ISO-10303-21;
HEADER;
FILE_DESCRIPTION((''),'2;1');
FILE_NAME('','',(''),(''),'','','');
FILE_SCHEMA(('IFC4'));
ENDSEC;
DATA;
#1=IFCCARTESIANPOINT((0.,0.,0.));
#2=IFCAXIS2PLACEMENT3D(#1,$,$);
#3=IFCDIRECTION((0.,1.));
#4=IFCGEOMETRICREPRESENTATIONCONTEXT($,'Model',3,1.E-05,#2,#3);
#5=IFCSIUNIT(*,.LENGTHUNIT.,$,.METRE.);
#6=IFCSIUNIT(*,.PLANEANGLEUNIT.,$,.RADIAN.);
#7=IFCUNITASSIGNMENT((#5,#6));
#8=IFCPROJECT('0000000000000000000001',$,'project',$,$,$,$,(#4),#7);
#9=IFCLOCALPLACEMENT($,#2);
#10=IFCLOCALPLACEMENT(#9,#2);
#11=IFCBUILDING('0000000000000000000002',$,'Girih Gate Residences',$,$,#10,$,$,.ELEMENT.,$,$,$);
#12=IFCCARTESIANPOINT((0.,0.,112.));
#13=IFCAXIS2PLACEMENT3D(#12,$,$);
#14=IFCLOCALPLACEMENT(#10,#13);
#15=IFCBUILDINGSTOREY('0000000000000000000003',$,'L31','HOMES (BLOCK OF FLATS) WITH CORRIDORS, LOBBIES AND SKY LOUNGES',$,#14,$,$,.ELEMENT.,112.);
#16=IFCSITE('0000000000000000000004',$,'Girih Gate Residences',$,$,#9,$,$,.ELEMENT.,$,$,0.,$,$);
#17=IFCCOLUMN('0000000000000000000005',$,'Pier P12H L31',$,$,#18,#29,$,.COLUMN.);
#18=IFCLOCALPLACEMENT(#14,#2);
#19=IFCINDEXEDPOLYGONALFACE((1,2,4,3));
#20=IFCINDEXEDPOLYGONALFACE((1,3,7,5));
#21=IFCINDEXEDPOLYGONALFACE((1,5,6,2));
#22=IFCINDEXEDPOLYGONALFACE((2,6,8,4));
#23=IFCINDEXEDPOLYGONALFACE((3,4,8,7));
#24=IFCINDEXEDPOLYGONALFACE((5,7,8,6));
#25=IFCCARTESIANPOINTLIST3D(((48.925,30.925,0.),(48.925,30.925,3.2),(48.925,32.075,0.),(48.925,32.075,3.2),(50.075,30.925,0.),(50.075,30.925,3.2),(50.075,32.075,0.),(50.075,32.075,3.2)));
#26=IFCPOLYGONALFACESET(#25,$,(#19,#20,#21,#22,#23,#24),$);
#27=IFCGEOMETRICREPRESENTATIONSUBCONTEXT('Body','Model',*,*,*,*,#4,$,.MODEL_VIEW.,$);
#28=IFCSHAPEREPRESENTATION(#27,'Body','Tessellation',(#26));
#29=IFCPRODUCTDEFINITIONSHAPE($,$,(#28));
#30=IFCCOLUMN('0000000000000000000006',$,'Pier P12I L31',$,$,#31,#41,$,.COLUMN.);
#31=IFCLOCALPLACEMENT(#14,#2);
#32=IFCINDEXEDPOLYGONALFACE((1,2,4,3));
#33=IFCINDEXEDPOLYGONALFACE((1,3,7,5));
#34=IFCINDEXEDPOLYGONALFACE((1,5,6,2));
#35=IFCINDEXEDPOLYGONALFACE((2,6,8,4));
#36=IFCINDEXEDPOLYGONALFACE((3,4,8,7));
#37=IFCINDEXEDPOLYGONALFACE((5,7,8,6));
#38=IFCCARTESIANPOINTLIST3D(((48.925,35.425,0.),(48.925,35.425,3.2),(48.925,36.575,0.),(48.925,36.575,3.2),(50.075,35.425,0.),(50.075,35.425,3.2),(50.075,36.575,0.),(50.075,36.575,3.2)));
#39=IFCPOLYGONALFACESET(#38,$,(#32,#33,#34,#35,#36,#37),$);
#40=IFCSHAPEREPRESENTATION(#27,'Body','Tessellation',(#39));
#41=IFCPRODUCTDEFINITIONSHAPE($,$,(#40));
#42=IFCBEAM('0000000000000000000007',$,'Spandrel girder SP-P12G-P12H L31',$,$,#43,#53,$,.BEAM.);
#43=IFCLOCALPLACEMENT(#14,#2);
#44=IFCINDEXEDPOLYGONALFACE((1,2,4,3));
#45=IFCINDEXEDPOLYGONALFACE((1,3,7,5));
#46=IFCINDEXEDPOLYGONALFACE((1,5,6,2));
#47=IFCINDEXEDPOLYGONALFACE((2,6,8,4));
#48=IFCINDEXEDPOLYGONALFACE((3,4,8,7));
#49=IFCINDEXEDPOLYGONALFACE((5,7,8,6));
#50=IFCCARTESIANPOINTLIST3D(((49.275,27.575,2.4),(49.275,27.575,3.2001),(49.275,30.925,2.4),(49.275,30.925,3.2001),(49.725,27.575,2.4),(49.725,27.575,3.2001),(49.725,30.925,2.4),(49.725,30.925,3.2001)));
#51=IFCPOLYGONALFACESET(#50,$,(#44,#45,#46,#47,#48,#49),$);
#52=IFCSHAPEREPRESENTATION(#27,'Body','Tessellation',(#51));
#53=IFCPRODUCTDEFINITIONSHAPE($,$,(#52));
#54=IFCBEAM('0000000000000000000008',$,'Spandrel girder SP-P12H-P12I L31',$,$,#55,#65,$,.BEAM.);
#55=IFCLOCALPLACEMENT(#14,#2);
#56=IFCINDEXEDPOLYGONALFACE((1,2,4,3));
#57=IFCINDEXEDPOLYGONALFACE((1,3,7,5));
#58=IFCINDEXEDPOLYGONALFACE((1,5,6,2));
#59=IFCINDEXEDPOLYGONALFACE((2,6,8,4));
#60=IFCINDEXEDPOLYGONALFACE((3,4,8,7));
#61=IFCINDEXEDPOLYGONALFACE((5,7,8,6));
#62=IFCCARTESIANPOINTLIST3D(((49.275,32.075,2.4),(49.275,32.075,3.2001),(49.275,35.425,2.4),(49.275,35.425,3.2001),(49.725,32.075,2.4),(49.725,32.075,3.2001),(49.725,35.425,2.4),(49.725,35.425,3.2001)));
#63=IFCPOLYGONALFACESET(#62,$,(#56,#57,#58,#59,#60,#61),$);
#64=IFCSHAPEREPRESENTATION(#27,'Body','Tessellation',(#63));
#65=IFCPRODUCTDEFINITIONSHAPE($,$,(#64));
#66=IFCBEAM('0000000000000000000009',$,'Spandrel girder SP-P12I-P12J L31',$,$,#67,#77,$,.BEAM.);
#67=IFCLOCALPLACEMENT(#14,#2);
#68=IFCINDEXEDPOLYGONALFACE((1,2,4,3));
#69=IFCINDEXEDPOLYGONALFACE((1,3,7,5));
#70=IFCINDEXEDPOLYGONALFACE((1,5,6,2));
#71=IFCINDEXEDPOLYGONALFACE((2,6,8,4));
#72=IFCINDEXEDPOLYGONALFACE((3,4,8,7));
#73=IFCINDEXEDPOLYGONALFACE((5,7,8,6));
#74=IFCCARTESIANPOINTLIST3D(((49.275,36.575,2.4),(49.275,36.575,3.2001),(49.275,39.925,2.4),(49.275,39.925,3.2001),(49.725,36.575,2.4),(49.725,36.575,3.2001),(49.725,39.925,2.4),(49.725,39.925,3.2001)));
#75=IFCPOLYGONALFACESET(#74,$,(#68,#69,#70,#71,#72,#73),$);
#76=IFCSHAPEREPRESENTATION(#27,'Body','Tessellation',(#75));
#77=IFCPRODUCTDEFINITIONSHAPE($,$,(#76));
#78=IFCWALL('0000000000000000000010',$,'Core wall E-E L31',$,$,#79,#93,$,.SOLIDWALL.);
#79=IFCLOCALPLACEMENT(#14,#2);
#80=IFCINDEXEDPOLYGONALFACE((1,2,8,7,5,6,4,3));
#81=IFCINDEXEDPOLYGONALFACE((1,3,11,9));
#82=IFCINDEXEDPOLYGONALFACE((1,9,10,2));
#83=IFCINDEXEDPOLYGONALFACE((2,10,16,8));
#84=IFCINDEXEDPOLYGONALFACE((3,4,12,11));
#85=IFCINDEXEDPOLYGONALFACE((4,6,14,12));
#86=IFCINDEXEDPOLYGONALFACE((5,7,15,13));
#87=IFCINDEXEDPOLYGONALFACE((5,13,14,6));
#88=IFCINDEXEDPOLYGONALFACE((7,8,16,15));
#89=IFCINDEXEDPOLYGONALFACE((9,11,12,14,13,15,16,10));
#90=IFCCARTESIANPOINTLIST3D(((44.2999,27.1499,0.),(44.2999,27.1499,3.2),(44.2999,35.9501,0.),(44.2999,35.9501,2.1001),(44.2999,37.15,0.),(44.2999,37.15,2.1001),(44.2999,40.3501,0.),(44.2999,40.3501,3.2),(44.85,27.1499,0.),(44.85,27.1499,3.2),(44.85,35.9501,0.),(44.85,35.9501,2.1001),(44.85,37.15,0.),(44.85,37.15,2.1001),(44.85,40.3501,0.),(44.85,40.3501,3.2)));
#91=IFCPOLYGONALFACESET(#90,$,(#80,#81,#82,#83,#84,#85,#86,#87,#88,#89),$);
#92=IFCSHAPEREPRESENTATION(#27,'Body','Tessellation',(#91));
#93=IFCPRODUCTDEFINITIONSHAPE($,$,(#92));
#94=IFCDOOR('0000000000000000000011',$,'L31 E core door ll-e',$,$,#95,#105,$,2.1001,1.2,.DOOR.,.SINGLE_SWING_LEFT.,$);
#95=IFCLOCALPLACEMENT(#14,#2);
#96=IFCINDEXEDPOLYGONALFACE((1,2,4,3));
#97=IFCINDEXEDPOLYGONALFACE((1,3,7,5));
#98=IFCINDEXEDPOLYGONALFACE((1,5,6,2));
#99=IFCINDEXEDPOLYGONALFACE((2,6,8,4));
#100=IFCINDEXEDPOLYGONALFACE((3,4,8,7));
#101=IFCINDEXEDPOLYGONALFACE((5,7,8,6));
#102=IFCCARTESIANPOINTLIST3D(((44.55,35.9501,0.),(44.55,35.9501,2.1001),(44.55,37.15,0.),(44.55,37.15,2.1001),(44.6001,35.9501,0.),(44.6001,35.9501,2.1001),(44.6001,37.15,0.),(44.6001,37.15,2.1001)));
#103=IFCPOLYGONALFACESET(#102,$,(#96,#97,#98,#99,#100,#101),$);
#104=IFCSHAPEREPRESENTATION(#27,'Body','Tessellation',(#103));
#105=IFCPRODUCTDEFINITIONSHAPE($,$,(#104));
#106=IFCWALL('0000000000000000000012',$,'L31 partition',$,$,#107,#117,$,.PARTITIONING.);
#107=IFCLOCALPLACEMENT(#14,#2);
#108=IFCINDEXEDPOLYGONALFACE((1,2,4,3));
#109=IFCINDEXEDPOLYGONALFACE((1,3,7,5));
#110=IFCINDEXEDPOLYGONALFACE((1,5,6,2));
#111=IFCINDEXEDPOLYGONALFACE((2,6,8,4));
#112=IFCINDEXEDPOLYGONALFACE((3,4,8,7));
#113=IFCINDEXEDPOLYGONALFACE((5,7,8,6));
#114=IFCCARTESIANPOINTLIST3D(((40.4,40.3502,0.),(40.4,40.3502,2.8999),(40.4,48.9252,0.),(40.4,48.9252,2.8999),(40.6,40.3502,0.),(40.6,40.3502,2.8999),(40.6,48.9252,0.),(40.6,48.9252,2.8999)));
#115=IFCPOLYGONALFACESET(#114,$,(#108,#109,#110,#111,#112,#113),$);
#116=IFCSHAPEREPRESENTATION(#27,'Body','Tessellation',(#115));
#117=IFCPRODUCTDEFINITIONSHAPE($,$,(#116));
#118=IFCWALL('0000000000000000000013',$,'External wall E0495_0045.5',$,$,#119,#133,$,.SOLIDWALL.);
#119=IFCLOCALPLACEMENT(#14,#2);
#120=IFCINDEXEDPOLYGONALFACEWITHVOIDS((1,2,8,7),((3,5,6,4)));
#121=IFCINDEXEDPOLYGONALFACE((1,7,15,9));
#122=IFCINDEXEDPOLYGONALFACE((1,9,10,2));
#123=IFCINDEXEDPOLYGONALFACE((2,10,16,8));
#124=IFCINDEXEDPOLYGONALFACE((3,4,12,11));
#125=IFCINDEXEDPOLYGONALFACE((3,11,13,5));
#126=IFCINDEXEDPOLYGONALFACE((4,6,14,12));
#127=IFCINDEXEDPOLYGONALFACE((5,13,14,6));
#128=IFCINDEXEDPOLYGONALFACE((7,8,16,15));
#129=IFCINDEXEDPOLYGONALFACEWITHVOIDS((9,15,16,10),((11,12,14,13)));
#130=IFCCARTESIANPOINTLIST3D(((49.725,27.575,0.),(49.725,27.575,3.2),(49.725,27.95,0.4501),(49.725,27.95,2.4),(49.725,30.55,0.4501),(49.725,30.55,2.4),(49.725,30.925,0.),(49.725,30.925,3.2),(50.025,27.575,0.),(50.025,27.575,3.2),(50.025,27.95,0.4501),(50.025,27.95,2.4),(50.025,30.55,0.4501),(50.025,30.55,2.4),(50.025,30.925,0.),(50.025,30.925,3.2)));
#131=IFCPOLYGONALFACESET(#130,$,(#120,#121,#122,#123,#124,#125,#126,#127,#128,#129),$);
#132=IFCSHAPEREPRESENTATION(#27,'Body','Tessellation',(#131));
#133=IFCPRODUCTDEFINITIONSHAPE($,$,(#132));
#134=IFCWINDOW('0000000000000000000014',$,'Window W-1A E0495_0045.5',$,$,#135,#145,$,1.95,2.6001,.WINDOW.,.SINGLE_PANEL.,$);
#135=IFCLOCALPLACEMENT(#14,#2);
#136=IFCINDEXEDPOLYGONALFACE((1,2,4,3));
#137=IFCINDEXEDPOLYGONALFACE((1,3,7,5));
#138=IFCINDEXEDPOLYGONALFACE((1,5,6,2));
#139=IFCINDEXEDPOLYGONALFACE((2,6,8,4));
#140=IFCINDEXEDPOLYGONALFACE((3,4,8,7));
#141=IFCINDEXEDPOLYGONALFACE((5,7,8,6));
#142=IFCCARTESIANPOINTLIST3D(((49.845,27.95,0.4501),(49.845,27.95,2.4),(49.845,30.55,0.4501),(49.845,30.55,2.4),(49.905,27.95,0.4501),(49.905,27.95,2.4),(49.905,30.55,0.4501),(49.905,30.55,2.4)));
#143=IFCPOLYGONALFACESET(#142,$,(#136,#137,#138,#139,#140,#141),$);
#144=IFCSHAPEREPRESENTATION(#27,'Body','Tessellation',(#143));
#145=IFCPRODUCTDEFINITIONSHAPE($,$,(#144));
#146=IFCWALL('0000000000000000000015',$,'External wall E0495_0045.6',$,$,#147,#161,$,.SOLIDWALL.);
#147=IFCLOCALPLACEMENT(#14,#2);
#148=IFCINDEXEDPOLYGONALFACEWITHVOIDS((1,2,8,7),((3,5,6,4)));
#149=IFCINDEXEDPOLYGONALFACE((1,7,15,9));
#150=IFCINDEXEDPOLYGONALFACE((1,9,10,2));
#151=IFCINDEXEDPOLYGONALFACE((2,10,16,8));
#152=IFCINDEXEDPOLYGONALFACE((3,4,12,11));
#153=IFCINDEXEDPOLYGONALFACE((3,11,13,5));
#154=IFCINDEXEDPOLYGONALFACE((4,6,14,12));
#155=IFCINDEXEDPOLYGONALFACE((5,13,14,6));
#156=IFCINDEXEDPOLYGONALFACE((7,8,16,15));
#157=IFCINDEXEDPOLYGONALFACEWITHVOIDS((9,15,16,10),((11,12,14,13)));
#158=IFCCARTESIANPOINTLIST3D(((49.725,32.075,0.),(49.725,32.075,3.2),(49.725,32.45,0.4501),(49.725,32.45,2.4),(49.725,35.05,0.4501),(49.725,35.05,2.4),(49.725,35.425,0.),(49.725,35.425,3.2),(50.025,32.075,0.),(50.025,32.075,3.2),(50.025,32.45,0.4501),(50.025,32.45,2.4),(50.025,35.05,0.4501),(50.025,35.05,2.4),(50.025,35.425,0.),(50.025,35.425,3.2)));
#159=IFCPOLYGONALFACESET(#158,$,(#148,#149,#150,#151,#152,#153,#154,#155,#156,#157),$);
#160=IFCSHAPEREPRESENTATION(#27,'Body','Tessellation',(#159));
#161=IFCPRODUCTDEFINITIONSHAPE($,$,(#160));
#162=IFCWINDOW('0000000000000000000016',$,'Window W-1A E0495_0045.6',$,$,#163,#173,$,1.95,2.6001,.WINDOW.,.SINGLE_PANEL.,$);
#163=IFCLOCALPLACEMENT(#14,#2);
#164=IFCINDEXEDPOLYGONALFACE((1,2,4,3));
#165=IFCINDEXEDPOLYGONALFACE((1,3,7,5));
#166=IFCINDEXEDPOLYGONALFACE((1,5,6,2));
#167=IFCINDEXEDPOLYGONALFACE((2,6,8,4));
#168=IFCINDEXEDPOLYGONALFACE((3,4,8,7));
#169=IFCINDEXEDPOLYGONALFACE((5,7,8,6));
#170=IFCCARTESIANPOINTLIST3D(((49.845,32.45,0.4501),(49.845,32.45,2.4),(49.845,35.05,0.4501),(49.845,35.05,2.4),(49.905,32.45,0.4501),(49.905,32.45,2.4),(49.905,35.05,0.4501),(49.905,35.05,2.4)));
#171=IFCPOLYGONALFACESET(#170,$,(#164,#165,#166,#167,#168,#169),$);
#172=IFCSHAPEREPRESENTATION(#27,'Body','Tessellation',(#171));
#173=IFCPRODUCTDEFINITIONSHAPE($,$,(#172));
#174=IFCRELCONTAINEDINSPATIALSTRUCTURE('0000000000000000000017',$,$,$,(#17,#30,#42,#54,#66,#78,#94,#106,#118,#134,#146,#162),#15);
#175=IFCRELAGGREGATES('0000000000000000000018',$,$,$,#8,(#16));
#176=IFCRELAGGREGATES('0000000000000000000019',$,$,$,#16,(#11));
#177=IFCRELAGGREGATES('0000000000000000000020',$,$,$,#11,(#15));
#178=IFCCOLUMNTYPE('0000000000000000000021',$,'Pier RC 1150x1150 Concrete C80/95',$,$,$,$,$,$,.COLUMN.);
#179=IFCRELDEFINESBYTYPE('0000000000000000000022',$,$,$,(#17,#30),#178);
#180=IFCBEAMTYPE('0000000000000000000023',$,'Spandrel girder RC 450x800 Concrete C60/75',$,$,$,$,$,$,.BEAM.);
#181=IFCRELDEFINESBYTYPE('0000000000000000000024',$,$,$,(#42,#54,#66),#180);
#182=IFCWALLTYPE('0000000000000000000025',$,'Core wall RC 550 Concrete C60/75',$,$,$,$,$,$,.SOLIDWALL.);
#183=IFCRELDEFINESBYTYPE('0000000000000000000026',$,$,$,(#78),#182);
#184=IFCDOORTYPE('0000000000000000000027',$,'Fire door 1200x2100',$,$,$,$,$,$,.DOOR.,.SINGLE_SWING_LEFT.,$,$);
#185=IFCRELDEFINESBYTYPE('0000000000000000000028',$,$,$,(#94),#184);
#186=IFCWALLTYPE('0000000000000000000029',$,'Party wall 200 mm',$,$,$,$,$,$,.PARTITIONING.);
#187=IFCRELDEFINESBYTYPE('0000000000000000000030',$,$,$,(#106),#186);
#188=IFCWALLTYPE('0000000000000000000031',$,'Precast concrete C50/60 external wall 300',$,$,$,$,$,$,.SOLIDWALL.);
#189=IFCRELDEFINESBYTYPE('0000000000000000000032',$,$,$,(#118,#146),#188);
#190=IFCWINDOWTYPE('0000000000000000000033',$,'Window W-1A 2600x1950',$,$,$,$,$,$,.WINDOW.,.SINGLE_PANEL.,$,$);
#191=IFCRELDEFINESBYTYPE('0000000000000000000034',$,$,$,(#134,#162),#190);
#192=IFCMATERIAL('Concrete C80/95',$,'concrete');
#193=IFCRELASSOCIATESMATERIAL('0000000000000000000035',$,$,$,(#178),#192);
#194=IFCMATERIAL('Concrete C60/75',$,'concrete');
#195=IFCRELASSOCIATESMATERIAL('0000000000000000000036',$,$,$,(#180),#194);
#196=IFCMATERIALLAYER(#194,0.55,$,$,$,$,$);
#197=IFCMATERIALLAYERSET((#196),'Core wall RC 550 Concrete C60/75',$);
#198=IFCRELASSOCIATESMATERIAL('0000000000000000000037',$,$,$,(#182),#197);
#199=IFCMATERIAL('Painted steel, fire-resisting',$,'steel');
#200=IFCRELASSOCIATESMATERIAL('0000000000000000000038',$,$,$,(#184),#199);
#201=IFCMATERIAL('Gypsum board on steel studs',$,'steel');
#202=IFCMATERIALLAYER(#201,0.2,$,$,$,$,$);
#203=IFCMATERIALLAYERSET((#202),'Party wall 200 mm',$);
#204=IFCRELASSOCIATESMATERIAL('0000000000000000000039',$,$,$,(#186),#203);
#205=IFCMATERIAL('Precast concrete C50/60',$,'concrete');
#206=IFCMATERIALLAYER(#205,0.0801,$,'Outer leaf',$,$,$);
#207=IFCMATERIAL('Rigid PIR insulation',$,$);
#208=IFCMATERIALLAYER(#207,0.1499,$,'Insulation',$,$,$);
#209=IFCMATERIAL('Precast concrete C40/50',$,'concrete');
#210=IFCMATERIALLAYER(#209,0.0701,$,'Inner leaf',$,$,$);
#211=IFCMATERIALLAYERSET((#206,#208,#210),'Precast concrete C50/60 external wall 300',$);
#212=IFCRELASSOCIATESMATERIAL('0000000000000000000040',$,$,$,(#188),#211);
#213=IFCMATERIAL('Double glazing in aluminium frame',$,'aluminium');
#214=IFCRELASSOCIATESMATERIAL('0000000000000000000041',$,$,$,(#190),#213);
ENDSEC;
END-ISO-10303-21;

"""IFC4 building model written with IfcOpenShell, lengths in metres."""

from ifc_helpers import new_model, si_unit, direction, frame, frame_2d, origin, origin_2d, place, context, subcontext, project, spatial, rectangle, extrude, material, layer, layer_set, material_profile, profile_set, type_object, element, fill, save


model = new_model("IFC4")

# Units and contexts
model_context = context("Model", 3, precision=1e-05, world=origin(), true_north=direction((0.0, 1.0)))
body_context = subcontext(model_context, "Body", "Model", "MODEL_VIEW")
ifc_project = project(units=[si_unit("LENGTHUNIT", "METRE"), si_unit("PLANEANGLEUNIT", "RADIAN")], contexts=[model_context])

# Site, building, storey
site_placement = place(None, origin())
site = spatial("IfcSite", under=ifc_project, at=site_placement, Name="Girih Gate Residences", CompositionType="ELEMENT", RefElevation=0.0)
building_placement = place(site_placement, origin())
building = spatial("IfcBuilding", under=site, at=building_placement, Name="Girih Gate Residences", CompositionType="ELEMENT")
storey_placement = place(building_placement, frame((0.0, 0.0, 112.0)))
storey = spatial("IfcBuildingStorey", under=building, at=storey_placement, Name="L31", Description="HOMES (BLOCK OF FLATS) WITH CORRIDORS, LOBBIES AND SKY LOUNGES", CompositionType="ELEMENT", Elevation=112.0)

# Columns
ifc_material_1 = material(Name="Concrete C80/95", Category="concrete")
ifc_material_profile_1 = material_profile(ifc_material_1, rectangle(XDim=1.1499, YDim=1.1499, at=origin_2d()))
ifc_profile_set_1 = profile_set([ifc_material_profile_1], Name="Concrete C80/95")
column_type = type_object("IfcColumnType", Name="Pier RC 1150x1150 Concrete C80/95", PredefinedType="COLUMN", material=ifc_profile_set_1)
for number, where, z_axis, x_axis, name in (
    (1, (49.5, 31.5, 0.0), (0.0, 0.0, 1.0), (1.0, 0.0, 0.0), "Pier P12H L31"),
    (2, (49.5, 36.0, 0.0), (0.0, 0.0, 1.0), (1.0, 0.0, 0.0), "Pier P12I L31"),
):
    element("IfcColumn", number, at=place(storey_placement, frame(where, z_axis=z_axis, x_axis=x_axis)), inside=storey, type_object=column_type, Name=name, PredefinedType="COLUMN", context=body_context, shape_type="SweptSolid", body=[
        extrude(rectangle(XDim=1.1499, YDim=1.1499, at=origin_2d()), origin(), (0.0, 0.0, 1.0), 3.2),
    ])

# Beams
ifc_material_2 = material(Name="Concrete C60/75", Category="concrete")
ifc_material_profile_2 = material_profile(ifc_material_2, rectangle(XDim=0.45, YDim=0.8, at=origin_2d()))
ifc_profile_set_2 = profile_set([ifc_material_profile_2], Name="Concrete C60/75")
beam_type = type_object("IfcBeamType", Name="Spandrel girder RC 450x800 Concrete C60/75", PredefinedType="BEAM", material=ifc_profile_set_2)
for number, where, z_axis, x_axis, name in (
    (3, (49.5, 27.575, 2.8), (0.0, 1.0, 0.0), (-1.0, 0.0, 0.0), "Spandrel girder SP-P12G-P12H L31"),
    (4, (49.5, 32.075, 2.8), (0.0, 1.0, 0.0), (-1.0, 0.0, 0.0), "Spandrel girder SP-P12H-P12I L31"),
    (5, (49.5, 36.575, 2.8), (0.0, 1.0, 0.0), (-1.0, 0.0, 0.0), "Spandrel girder SP-P12I-P12J L31"),
):
    element("IfcBeam", number, at=place(storey_placement, frame(where, z_axis=z_axis, x_axis=x_axis)), inside=storey, type_object=beam_type, Name=name, PredefinedType="BEAM", context=body_context, shape_type="SweptSolid", body=[
        extrude(rectangle(XDim=0.45, YDim=0.8, at=origin_2d()), origin(), (0.0, 0.0, 1.0), 3.3501),
    ])

# Wall, opening, door
ifc_layer_1 = layer(ifc_material_2, 0.55)
ifc_layer_set_1 = layer_set([ifc_layer_1], Name="Core wall RC 550 Concrete C60/75")
wall_type_1 = type_object("IfcWallType", Name="Core wall RC 550 Concrete C60/75", PredefinedType="SOLIDWALL", material=ifc_layer_set_1)
wall_1_placement = place(storey_placement, frame((44.575, 27.1499, 0.0), z_axis=(0.0, 0.0, 1.0), x_axis=(0.0, 1.0, 0.0)))
wall_1 = element("IfcWall", 6, at=wall_1_placement, inside=storey, type_object=wall_type_1, Name="Core wall E-E L31", PredefinedType="SOLIDWALL", context=body_context, shape_type="SweptSolid", body=[
    extrude(rectangle(XDim=13.2002, YDim=0.55, at=frame_2d((6.6001, 0.0))), origin(), (0.0, 0.0, 1.0), 3.2),
])
opening_1_placement = place(wall_1_placement, frame((8.8, 0.0, 0.0)))
opening_1 = element("IfcOpeningElement", 7, at=opening_1_placement, cuts=wall_1, PredefinedType="OPENING", context=body_context, shape_type="SweptSolid", body=[
    extrude(rectangle(XDim=1.2, YDim=2.1001, at=frame_2d((0.6001, 1.05))), frame((0.0, 0.2849, 0.0), z_axis=(0.0, -1.0, 0.0), x_axis=(1.0, 0.0, 0.0)), (0.0, 0.0, 1.0), 0.5701),
])
ifc_material_3 = material(Name="Painted steel, fire-resisting", Category="steel")
door_type_1 = type_object("IfcDoorType", Name="Fire door 1200x2100", OperationType="SINGLE_SWING_LEFT", PredefinedType="DOOR", material=ifc_material_3)
door_1_placement = place(opening_1_placement, origin())
door_1 = element("IfcDoor", 8, at=door_1_placement, inside=storey, type_object=door_type_1, Name="L31 E core door ll-e", OperationType="SINGLE_SWING_LEFT", OverallHeight=2.1001, OverallWidth=1.2, PredefinedType="DOOR", context=body_context, shape_type="SweptSolid", body=[
    extrude(rectangle(XDim=1.2, YDim=2.1001, at=frame_2d((0.6001, 1.05))), frame((0.0, 0.0249, 0.0), z_axis=(0.0, -1.0, 0.0), x_axis=(1.0, 0.0, 0.0)), (0.0, 0.0, 1.0), 0.05),
])
fill(opening_1, door_1)

# Wall
ifc_material_4 = material(Name="Gypsum board on steel studs", Category="steel")
ifc_layer_2 = layer(ifc_material_4, 0.2)
ifc_layer_set_2 = layer_set([ifc_layer_2], Name="Party wall 200 mm")
wall_type_2 = type_object("IfcWallType", Name="Party wall 200 mm", PredefinedType="PARTITIONING", material=ifc_layer_set_2)
wall_2_placement = place(storey_placement, frame((40.5, 40.3501, 0.0), z_axis=(0.0, 0.0, 1.0), x_axis=(0.0, 1.0, 0.0)))
element("IfcWall", 9, at=wall_2_placement, inside=storey, type_object=wall_type_2, Name="L31 partition", PredefinedType="PARTITIONING", context=body_context, shape_type="SweptSolid", body=[
    extrude(rectangle(XDim=8.575, YDim=0.2, at=frame_2d((4.2876, 0.0))), origin(), (0.0, 0.0, 1.0), 2.8999),
])

# Walls, openings, windows
ifc_material_5 = material(Name="Precast concrete C50/60", Category="concrete")
ifc_layer_3 = layer(ifc_material_5, 0.0801, Name="Outer leaf")
ifc_material_6 = material(Name="Rigid PIR insulation")
ifc_layer_4 = layer(ifc_material_6, 0.1499, Name="Insulation")
ifc_material_7 = material(Name="Precast concrete C40/50", Category="concrete")
ifc_layer_5 = layer(ifc_material_7, 0.0701, Name="Inner leaf")
ifc_layer_set_3 = layer_set([ifc_layer_3, ifc_layer_4, ifc_layer_5], Name="Precast concrete C50/60 external wall 300")
wall_type_3 = type_object("IfcWallType", Name="Precast concrete C50/60 external wall 300", PredefinedType="SOLIDWALL", material=ifc_layer_set_3)
wall_3_placement = place(storey_placement, frame((49.875, 30.925, 0.0), z_axis=(0.0, 0.0, 1.0), x_axis=(0.0, -1.0, 0.0)))
wall_3 = element("IfcWall", 10, at=wall_3_placement, inside=storey, type_object=wall_type_3, Name="External wall E0495_0045.5", PredefinedType="SOLIDWALL", context=body_context, shape_type="SweptSolid", body=[
    extrude(rectangle(XDim=3.3501, YDim=0.3, at=frame_2d((1.675, 0.0))), origin(), (0.0, 0.0, 1.0), 3.2),
])
opening_2_placement = place(wall_3_placement, frame((0.375, 0.0, 0.45)))
opening_2 = element("IfcOpeningElement", 11, at=opening_2_placement, cuts=wall_3, PredefinedType="OPENING", context=body_context, shape_type="SweptSolid", body=[
    extrude(rectangle(XDim=2.6001, YDim=1.95, at=frame_2d((1.3, 0.9751))), frame((0.0, 0.1599, 0.0), z_axis=(0.0, -1.0, 0.0), x_axis=(1.0, 0.0, 0.0)), (0.0, 0.0, 1.0), 0.3201),
])
ifc_material_8 = material(Name="Double glazing in aluminium frame", Category="aluminium")
window_type = type_object("IfcWindowType", Name="Window W-1A 2600x1950", PartitioningType="SINGLE_PANEL", PredefinedType="WINDOW", material=ifc_material_8)
window_1_placement = place(opening_2_placement, origin())
window_1 = element("IfcWindow", 12, at=window_1_placement, inside=storey, type_object=window_type, Name="Window W-1A E0495_0045.5", OverallHeight=1.95, OverallWidth=2.6001, PartitioningType="SINGLE_PANEL", PredefinedType="WINDOW", context=body_context, shape_type="SweptSolid", body=[
    extrude(rectangle(XDim=2.6001, YDim=1.95, at=frame_2d((1.3, 0.9751))), frame((0.0, 0.03, 0.0), z_axis=(0.0, -1.0, 0.0), x_axis=(1.0, 0.0, 0.0)), (0.0, 0.0, 1.0), 0.0601),
])
fill(opening_2, window_1)
wall_4_placement = place(storey_placement, frame((49.875, 35.425, 0.0), z_axis=(0.0, 0.0, 1.0), x_axis=(0.0, -1.0, 0.0)))
wall_4 = element("IfcWall", 13, at=wall_4_placement, inside=storey, type_object=wall_type_3, Name="External wall E0495_0045.6", PredefinedType="SOLIDWALL", context=body_context, shape_type="SweptSolid", body=[
    extrude(rectangle(XDim=3.3501, YDim=0.3, at=frame_2d((1.675, 0.0))), origin(), (0.0, 0.0, 1.0), 3.2),
])
opening_3_placement = place(wall_4_placement, frame((0.375, 0.0, 0.45)))
opening_3 = element("IfcOpeningElement", 14, at=opening_3_placement, cuts=wall_4, PredefinedType="OPENING", context=body_context, shape_type="SweptSolid", body=[
    extrude(rectangle(XDim=2.6001, YDim=1.95, at=frame_2d((1.3, 0.9751))), frame((0.0, 0.1599, 0.0), z_axis=(0.0, -1.0, 0.0), x_axis=(1.0, 0.0, 0.0)), (0.0, 0.0, 1.0), 0.3201),
])
window_2_placement = place(opening_3_placement, origin())
window_2 = element("IfcWindow", 15, at=window_2_placement, inside=storey, type_object=window_type, Name="Window W-1A E0495_0045.6", OverallHeight=1.95, OverallWidth=2.6001, PartitioningType="SINGLE_PANEL", PredefinedType="WINDOW", context=body_context, shape_type="SweptSolid", body=[
    extrude(rectangle(XDim=2.6001, YDim=1.95, at=frame_2d((1.3, 0.9751))), frame((0.0, 0.03, 0.0), z_axis=(0.0, -1.0, 0.0), x_axis=(1.0, 0.0, 0.0)), (0.0, 0.0, 1.0), 0.0601),
])
fill(opening_3, window_2)

save(model, "model.ifc")
